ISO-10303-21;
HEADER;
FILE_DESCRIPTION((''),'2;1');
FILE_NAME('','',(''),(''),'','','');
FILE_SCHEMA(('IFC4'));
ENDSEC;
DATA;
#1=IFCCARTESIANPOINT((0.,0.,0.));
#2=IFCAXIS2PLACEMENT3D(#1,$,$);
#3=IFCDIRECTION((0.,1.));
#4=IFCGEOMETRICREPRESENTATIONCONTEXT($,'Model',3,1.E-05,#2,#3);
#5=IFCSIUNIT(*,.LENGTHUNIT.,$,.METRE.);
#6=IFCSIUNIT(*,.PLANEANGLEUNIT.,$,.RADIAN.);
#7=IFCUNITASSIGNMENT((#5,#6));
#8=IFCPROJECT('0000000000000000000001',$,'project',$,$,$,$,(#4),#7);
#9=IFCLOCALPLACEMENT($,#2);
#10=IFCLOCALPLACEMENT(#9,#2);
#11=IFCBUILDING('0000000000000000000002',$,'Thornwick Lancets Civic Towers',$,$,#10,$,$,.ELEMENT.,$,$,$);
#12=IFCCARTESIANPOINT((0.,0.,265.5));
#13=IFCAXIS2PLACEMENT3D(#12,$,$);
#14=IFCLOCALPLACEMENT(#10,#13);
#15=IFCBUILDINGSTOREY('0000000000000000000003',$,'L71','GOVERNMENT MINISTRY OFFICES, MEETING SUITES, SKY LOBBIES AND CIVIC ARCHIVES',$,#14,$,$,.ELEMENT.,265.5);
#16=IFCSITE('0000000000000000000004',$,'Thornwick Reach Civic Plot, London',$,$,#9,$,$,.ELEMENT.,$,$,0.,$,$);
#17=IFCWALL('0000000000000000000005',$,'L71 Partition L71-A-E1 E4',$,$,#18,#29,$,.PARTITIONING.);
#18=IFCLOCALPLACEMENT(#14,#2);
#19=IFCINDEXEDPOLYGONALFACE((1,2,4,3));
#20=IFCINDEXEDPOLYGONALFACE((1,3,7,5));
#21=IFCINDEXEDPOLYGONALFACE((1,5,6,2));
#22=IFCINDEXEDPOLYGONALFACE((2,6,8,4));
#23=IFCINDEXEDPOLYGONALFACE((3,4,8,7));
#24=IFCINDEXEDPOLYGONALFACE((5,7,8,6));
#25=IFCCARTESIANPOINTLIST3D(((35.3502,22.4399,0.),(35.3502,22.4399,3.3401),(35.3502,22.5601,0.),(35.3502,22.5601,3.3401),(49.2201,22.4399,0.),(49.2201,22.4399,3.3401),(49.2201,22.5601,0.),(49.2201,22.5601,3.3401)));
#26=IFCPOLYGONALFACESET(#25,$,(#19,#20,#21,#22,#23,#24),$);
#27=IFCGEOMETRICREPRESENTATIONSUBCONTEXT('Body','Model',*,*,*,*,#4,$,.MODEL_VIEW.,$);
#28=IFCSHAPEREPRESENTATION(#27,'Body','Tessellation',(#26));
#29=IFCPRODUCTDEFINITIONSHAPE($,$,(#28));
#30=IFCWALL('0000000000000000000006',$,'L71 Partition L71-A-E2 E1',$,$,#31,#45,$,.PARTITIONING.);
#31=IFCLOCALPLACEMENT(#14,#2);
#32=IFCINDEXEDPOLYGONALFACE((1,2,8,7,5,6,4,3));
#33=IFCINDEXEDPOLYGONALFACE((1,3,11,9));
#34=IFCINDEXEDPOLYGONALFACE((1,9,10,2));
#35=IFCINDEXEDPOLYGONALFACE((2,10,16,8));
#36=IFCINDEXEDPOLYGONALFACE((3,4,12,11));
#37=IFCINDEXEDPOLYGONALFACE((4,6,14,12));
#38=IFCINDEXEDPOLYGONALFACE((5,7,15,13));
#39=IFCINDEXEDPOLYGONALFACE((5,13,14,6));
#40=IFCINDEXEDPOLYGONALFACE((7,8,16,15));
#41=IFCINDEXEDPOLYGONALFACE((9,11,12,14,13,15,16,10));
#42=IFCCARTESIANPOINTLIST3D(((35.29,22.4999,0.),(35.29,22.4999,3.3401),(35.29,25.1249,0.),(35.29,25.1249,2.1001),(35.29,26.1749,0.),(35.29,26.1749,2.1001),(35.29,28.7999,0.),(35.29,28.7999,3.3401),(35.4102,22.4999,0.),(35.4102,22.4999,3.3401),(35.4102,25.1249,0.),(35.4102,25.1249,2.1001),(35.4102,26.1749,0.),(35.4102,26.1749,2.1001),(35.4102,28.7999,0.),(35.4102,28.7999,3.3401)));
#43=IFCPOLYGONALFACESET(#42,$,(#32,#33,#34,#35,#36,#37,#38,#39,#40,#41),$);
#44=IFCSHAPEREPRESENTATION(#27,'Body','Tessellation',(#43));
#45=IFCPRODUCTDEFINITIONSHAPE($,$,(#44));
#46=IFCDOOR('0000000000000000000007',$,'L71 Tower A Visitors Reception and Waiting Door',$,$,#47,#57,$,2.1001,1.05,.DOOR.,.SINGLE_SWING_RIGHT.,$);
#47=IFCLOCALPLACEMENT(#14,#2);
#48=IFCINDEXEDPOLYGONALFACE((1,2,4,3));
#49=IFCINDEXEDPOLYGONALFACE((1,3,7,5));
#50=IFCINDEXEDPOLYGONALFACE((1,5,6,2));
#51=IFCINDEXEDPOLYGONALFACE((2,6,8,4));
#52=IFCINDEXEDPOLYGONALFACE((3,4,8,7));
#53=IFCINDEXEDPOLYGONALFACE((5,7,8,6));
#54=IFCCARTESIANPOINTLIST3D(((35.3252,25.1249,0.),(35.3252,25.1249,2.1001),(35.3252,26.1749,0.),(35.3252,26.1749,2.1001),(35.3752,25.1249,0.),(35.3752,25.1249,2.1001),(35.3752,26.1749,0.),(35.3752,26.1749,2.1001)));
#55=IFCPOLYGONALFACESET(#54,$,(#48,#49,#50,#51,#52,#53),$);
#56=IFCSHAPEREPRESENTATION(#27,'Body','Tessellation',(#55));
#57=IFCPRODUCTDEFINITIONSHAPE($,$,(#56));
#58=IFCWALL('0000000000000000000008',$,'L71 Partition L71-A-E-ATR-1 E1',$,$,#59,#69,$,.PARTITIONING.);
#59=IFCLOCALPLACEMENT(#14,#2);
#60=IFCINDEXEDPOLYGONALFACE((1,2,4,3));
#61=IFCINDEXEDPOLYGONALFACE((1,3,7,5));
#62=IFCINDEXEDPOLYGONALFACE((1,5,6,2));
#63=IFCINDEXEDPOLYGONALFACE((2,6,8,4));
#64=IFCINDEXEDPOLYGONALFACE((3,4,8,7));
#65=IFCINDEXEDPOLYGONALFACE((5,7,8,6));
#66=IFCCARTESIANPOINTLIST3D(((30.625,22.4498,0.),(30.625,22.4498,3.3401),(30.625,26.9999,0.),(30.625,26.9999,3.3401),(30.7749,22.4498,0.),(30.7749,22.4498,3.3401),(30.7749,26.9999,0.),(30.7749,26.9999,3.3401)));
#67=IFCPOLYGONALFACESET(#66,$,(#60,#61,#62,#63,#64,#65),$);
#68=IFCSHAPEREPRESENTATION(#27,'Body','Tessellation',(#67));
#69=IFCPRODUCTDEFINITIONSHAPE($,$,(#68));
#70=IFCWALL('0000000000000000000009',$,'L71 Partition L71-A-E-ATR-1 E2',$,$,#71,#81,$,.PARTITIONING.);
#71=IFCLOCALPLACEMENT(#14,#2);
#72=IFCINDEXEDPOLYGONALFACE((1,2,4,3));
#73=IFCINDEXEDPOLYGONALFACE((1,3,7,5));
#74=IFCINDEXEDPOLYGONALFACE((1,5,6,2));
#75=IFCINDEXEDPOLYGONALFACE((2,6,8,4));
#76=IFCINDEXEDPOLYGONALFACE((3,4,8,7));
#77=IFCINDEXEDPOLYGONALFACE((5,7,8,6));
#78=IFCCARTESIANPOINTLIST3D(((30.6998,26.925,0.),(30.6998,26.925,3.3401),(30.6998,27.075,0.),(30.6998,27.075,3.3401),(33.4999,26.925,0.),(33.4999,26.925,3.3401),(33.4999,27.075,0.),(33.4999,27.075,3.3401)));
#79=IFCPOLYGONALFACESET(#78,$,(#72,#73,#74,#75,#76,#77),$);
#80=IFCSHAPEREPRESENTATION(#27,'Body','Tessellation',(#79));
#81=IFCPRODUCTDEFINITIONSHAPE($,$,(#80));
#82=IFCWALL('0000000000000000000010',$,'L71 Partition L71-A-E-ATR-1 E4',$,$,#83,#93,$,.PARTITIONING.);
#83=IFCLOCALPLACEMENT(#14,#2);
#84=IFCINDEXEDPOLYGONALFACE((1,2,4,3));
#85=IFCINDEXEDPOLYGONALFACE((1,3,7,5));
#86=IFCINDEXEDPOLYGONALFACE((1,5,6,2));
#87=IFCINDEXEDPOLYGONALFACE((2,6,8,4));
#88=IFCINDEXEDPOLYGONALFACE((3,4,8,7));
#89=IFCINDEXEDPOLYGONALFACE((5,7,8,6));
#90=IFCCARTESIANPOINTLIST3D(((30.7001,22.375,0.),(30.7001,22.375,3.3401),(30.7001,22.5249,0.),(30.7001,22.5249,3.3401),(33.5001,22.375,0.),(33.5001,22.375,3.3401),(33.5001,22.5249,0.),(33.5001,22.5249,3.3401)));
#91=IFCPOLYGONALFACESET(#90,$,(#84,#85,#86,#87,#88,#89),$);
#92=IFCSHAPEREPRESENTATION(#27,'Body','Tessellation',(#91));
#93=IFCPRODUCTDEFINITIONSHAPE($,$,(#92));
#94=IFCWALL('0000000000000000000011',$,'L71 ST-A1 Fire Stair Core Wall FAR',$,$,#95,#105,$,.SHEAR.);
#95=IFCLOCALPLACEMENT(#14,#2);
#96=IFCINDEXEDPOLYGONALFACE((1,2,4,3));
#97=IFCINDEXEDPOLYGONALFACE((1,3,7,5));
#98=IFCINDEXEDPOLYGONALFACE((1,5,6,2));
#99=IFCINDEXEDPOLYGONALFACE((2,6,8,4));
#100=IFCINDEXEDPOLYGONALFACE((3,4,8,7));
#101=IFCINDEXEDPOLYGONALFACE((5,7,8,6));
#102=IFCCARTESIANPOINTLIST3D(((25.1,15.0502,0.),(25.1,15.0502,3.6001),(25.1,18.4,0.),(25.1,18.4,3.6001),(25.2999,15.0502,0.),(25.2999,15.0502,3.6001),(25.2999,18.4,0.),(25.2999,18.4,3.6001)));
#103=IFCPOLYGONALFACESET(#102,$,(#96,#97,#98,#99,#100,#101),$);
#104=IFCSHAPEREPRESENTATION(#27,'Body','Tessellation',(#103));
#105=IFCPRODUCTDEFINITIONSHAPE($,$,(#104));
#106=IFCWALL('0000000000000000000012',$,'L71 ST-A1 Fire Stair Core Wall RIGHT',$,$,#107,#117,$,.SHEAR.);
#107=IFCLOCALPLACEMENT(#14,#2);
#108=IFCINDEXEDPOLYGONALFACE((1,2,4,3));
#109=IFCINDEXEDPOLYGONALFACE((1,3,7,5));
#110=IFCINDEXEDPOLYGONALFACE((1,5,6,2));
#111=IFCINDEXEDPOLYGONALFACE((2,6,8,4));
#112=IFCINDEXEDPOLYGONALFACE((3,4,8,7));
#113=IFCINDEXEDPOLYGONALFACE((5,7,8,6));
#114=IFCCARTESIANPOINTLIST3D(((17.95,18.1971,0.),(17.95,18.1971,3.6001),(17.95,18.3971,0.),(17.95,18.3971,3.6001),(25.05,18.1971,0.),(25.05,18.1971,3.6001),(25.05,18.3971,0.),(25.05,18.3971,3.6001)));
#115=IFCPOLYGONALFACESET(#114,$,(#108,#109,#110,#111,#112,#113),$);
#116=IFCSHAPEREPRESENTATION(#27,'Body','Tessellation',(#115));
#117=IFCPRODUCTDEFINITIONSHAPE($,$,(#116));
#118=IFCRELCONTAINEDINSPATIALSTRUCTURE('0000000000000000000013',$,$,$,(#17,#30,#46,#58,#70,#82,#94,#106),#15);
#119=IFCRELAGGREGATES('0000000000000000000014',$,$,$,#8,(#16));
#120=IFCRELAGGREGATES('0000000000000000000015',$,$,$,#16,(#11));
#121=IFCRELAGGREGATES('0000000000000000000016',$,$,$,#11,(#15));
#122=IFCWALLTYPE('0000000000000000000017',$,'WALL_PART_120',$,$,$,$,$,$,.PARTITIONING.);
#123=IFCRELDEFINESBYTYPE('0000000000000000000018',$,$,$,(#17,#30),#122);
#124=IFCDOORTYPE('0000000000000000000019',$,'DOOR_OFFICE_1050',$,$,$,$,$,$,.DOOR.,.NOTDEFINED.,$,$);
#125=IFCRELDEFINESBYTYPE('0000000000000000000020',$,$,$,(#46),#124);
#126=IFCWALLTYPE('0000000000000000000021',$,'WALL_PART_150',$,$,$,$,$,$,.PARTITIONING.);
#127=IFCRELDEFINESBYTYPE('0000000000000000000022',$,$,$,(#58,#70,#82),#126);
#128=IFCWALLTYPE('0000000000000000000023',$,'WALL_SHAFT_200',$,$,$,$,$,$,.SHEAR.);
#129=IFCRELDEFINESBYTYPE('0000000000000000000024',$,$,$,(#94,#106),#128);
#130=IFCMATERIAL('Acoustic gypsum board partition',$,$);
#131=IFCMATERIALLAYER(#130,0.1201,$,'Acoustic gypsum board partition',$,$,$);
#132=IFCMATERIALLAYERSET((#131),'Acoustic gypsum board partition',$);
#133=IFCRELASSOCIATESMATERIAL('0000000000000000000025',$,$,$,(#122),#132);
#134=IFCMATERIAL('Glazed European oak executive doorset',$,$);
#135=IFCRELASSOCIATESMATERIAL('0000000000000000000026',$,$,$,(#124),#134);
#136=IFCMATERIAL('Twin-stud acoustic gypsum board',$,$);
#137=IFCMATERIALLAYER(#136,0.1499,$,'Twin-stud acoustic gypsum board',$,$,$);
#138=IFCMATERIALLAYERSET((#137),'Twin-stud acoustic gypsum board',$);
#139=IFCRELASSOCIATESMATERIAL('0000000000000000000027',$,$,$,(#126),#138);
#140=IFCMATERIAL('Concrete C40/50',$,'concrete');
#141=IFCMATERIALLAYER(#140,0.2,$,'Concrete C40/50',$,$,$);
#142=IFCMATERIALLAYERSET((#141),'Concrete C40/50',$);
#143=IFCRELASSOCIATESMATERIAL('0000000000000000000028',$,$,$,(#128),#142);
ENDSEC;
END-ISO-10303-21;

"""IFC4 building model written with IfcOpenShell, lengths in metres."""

from ifc_helpers import new_model, si_unit, direction, frame, frame_2d, origin, place, context, subcontext, project, spatial, rectangle, extrude, material, layer, layer_set, type_object, element, fill, save


model = new_model("IFC4")

# Units and contexts
model_context = context("Model", 3, precision=1e-05, world=origin(), true_north=direction((0.0, 1.0)))
body_context = subcontext(model_context, "Body", "Model", "MODEL_VIEW")
ifc_project = project(units=[si_unit("LENGTHUNIT", "METRE"), si_unit("PLANEANGLEUNIT", "RADIAN")], contexts=[model_context])

# Site, building, storey
site_placement = place(None, origin())
site = spatial("IfcSite", under=ifc_project, at=site_placement, Name="Thornwick Reach Civic Plot, London", CompositionType="ELEMENT", RefElevation=0.0)
building_placement = place(site_placement, origin())
building = spatial("IfcBuilding", under=site, at=building_placement, Name="Thornwick Lancets Civic Towers", CompositionType="ELEMENT")
storey_placement = place(building_placement, frame((0.0, 0.0, 265.5)))
storey = spatial("IfcBuildingStorey", under=building, at=storey_placement, Name="L71", Description="GOVERNMENT MINISTRY OFFICES, MEETING SUITES, SKY LOBBIES AND CIVIC ARCHIVES", CompositionType="ELEMENT", Elevation=265.5)

# Wall
ifc_material_1 = material(Name="Acoustic gypsum board partition")
ifc_layer_1 = layer(ifc_material_1, 0.1201, Name="Acoustic gypsum board partition")
ifc_layer_set_1 = layer_set([ifc_layer_1], Name="Acoustic gypsum board partition")
wall_type_1 = type_object("IfcWallType", Name="WALL_PART_120", PredefinedType="PARTITIONING", material=ifc_layer_set_1)
wall_1_placement = place(storey_placement, frame((35.3501, 22.5, 0.0), z_axis=(0.0, 0.0, 1.0), x_axis=(1.0, 0.0, 0.0)))
element("IfcWall", 1, at=wall_1_placement, inside=storey, type_object=wall_type_1, Name="L71 Partition L71-A-E1 E4", PredefinedType="PARTITIONING", context=body_context, shape_type="SweptSolid", body=[
    extrude(rectangle(XDim=13.8699, YDim=0.1201, at=frame_2d((6.9351, 0.0))), origin(), (0.0, 0.0, 1.0), 3.3401),
])

# Wall, opening, door
wall_2_placement = place(storey_placement, frame((35.3501, 22.5, 0.0), z_axis=(0.0, 0.0, 1.0), x_axis=(0.0, 1.0, 0.0)))
wall_2 = element("IfcWall", 2, at=wall_2_placement, inside=storey, type_object=wall_type_1, Name="L71 Partition L71-A-E2 E1", PredefinedType="PARTITIONING", context=body_context, shape_type="SweptSolid", body=[
    extrude(rectangle(XDim=6.3, YDim=0.1201, at=frame_2d((3.1499, 0.0))), origin(), (0.0, 0.0, 1.0), 3.3401),
])
opening_1_placement = place(wall_2_placement, frame((2.625, 0.0, 0.0)))
opening_1 = element("IfcOpeningElement", 3, at=opening_1_placement, cuts=wall_2, PredefinedType="OPENING", context=body_context, shape_type="SweptSolid", body=[
    extrude(rectangle(XDim=1.05, YDim=2.1001, at=frame_2d((0.5249, 1.05))), frame((0.0, 0.0701, 0.0), z_axis=(0.0, -1.0, 0.0), x_axis=(1.0, 0.0, 0.0)), (0.0, 0.0, 1.0), 0.1401),
])
ifc_material_2 = material(Name="Glazed European oak executive doorset")
door_type_1 = type_object("IfcDoorType", Name="DOOR_OFFICE_1050", OperationType="NOTDEFINED", PredefinedType="DOOR", material=ifc_material_2)
door_1_placement = place(opening_1_placement, origin())
door_1 = element("IfcDoor", 4, at=door_1_placement, inside=storey, type_object=door_type_1, Name="L71 Tower A Visitors Reception and Waiting Door", OperationType="SINGLE_SWING_RIGHT", OverallHeight=2.1001, OverallWidth=1.05, PredefinedType="DOOR", context=body_context, shape_type="SweptSolid", body=[
    extrude(rectangle(XDim=1.05, YDim=2.1001, at=frame_2d((0.5249, 1.05))), frame((0.0, 0.0249, 0.0), z_axis=(0.0, -1.0, 0.0), x_axis=(1.0, 0.0, 0.0)), (0.0, 0.0, 1.0), 0.05),
])
fill(opening_1, door_1)

# Walls
ifc_material_3 = material(Name="Twin-stud acoustic gypsum board")
ifc_layer_2 = layer(ifc_material_3, 0.1499, Name="Twin-stud acoustic gypsum board")
ifc_layer_set_2 = layer_set([ifc_layer_2], Name="Twin-stud acoustic gypsum board")
wall_type_2 = type_object("IfcWallType", Name="WALL_PART_150", PredefinedType="PARTITIONING", material=ifc_layer_set_2)
wall_3_placement = place(storey_placement, frame((30.7, 22.45, 0.0), z_axis=(0.0, 0.0, 1.0), x_axis=(0.0, 1.0, 0.0)))
element("IfcWall", 5, at=wall_3_placement, inside=storey, type_object=wall_type_2, Name="L71 Partition L71-A-E-ATR-1 E1", PredefinedType="PARTITIONING", context=body_context, shape_type="SweptSolid", body=[
    extrude(rectangle(XDim=4.55, YDim=0.1499, at=frame_2d((2.2749, 0.0))), origin(), (0.0, 0.0, 1.0), 3.3401),
])
for number, where, z_axis, x_axis, name in (
    (6, (30.7, 27.0, 0.0), (0.0, 0.0, 1.0), (1.0, 0.0, 0.0), "L71 Partition L71-A-E-ATR-1 E2"),
    (7, (33.5, 22.45, 0.0), (0.0, 0.0, 1.0), (-1.0, 0.0, 0.0), "L71 Partition L71-A-E-ATR-1 E4"),
):
    element("IfcWall", number, at=place(storey_placement, frame(where, z_axis=z_axis, x_axis=x_axis)), inside=storey, type_object=wall_type_2, Name=name, PredefinedType="PARTITIONING", context=body_context, shape_type="SweptSolid", body=[
        extrude(rectangle(XDim=2.8, YDim=0.1499, at=frame_2d((1.3999, 0.0))), origin(), (0.0, 0.0, 1.0), 3.3401),
    ])
ifc_material_4 = material(Name="Concrete C40/50", Category="concrete")
ifc_layer_3 = layer(ifc_material_4, 0.2, Name="Concrete C40/50")
ifc_layer_set_3 = layer_set([ifc_layer_3], Name="Concrete C40/50")
wall_type_3 = type_object("IfcWallType", Name="WALL_SHAFT_200", PredefinedType="SHEAR", material=ifc_layer_set_3)
wall_4_placement = place(storey_placement, frame((25.2, 18.3999, 0.0), z_axis=(0.0, 0.0, 1.0), x_axis=(0.0, -1.0, 0.0)))
element("IfcWall", 8, at=wall_4_placement, inside=storey, type_object=wall_type_3, Name="L71 ST-A1 Fire Stair Core Wall FAR", PredefinedType="SHEAR", context=body_context, shape_type="SweptSolid", body=[
    extrude(rectangle(XDim=3.3499, YDim=0.2, at=frame_2d((1.6748, 0.0))), origin(), (0.0, 0.0, 1.0), 3.6001),
])
wall_5_placement = place(storey_placement, frame((25.05, 18.2971, 0.0), z_axis=(0.0, 0.0, 1.0), x_axis=(-1.0, 0.0, 0.0)))
element("IfcWall", 9, at=wall_5_placement, inside=storey, type_object=wall_type_3, Name="L71 ST-A1 Fire Stair Core Wall RIGHT", PredefinedType="SHEAR", context=body_context, shape_type="SweptSolid", body=[
    extrude(rectangle(XDim=7.1001, YDim=0.2, at=frame_2d((3.55, 0.0))), origin(), (0.0, 0.0, 1.0), 3.6001),
])

save(model, "model.ifc")
